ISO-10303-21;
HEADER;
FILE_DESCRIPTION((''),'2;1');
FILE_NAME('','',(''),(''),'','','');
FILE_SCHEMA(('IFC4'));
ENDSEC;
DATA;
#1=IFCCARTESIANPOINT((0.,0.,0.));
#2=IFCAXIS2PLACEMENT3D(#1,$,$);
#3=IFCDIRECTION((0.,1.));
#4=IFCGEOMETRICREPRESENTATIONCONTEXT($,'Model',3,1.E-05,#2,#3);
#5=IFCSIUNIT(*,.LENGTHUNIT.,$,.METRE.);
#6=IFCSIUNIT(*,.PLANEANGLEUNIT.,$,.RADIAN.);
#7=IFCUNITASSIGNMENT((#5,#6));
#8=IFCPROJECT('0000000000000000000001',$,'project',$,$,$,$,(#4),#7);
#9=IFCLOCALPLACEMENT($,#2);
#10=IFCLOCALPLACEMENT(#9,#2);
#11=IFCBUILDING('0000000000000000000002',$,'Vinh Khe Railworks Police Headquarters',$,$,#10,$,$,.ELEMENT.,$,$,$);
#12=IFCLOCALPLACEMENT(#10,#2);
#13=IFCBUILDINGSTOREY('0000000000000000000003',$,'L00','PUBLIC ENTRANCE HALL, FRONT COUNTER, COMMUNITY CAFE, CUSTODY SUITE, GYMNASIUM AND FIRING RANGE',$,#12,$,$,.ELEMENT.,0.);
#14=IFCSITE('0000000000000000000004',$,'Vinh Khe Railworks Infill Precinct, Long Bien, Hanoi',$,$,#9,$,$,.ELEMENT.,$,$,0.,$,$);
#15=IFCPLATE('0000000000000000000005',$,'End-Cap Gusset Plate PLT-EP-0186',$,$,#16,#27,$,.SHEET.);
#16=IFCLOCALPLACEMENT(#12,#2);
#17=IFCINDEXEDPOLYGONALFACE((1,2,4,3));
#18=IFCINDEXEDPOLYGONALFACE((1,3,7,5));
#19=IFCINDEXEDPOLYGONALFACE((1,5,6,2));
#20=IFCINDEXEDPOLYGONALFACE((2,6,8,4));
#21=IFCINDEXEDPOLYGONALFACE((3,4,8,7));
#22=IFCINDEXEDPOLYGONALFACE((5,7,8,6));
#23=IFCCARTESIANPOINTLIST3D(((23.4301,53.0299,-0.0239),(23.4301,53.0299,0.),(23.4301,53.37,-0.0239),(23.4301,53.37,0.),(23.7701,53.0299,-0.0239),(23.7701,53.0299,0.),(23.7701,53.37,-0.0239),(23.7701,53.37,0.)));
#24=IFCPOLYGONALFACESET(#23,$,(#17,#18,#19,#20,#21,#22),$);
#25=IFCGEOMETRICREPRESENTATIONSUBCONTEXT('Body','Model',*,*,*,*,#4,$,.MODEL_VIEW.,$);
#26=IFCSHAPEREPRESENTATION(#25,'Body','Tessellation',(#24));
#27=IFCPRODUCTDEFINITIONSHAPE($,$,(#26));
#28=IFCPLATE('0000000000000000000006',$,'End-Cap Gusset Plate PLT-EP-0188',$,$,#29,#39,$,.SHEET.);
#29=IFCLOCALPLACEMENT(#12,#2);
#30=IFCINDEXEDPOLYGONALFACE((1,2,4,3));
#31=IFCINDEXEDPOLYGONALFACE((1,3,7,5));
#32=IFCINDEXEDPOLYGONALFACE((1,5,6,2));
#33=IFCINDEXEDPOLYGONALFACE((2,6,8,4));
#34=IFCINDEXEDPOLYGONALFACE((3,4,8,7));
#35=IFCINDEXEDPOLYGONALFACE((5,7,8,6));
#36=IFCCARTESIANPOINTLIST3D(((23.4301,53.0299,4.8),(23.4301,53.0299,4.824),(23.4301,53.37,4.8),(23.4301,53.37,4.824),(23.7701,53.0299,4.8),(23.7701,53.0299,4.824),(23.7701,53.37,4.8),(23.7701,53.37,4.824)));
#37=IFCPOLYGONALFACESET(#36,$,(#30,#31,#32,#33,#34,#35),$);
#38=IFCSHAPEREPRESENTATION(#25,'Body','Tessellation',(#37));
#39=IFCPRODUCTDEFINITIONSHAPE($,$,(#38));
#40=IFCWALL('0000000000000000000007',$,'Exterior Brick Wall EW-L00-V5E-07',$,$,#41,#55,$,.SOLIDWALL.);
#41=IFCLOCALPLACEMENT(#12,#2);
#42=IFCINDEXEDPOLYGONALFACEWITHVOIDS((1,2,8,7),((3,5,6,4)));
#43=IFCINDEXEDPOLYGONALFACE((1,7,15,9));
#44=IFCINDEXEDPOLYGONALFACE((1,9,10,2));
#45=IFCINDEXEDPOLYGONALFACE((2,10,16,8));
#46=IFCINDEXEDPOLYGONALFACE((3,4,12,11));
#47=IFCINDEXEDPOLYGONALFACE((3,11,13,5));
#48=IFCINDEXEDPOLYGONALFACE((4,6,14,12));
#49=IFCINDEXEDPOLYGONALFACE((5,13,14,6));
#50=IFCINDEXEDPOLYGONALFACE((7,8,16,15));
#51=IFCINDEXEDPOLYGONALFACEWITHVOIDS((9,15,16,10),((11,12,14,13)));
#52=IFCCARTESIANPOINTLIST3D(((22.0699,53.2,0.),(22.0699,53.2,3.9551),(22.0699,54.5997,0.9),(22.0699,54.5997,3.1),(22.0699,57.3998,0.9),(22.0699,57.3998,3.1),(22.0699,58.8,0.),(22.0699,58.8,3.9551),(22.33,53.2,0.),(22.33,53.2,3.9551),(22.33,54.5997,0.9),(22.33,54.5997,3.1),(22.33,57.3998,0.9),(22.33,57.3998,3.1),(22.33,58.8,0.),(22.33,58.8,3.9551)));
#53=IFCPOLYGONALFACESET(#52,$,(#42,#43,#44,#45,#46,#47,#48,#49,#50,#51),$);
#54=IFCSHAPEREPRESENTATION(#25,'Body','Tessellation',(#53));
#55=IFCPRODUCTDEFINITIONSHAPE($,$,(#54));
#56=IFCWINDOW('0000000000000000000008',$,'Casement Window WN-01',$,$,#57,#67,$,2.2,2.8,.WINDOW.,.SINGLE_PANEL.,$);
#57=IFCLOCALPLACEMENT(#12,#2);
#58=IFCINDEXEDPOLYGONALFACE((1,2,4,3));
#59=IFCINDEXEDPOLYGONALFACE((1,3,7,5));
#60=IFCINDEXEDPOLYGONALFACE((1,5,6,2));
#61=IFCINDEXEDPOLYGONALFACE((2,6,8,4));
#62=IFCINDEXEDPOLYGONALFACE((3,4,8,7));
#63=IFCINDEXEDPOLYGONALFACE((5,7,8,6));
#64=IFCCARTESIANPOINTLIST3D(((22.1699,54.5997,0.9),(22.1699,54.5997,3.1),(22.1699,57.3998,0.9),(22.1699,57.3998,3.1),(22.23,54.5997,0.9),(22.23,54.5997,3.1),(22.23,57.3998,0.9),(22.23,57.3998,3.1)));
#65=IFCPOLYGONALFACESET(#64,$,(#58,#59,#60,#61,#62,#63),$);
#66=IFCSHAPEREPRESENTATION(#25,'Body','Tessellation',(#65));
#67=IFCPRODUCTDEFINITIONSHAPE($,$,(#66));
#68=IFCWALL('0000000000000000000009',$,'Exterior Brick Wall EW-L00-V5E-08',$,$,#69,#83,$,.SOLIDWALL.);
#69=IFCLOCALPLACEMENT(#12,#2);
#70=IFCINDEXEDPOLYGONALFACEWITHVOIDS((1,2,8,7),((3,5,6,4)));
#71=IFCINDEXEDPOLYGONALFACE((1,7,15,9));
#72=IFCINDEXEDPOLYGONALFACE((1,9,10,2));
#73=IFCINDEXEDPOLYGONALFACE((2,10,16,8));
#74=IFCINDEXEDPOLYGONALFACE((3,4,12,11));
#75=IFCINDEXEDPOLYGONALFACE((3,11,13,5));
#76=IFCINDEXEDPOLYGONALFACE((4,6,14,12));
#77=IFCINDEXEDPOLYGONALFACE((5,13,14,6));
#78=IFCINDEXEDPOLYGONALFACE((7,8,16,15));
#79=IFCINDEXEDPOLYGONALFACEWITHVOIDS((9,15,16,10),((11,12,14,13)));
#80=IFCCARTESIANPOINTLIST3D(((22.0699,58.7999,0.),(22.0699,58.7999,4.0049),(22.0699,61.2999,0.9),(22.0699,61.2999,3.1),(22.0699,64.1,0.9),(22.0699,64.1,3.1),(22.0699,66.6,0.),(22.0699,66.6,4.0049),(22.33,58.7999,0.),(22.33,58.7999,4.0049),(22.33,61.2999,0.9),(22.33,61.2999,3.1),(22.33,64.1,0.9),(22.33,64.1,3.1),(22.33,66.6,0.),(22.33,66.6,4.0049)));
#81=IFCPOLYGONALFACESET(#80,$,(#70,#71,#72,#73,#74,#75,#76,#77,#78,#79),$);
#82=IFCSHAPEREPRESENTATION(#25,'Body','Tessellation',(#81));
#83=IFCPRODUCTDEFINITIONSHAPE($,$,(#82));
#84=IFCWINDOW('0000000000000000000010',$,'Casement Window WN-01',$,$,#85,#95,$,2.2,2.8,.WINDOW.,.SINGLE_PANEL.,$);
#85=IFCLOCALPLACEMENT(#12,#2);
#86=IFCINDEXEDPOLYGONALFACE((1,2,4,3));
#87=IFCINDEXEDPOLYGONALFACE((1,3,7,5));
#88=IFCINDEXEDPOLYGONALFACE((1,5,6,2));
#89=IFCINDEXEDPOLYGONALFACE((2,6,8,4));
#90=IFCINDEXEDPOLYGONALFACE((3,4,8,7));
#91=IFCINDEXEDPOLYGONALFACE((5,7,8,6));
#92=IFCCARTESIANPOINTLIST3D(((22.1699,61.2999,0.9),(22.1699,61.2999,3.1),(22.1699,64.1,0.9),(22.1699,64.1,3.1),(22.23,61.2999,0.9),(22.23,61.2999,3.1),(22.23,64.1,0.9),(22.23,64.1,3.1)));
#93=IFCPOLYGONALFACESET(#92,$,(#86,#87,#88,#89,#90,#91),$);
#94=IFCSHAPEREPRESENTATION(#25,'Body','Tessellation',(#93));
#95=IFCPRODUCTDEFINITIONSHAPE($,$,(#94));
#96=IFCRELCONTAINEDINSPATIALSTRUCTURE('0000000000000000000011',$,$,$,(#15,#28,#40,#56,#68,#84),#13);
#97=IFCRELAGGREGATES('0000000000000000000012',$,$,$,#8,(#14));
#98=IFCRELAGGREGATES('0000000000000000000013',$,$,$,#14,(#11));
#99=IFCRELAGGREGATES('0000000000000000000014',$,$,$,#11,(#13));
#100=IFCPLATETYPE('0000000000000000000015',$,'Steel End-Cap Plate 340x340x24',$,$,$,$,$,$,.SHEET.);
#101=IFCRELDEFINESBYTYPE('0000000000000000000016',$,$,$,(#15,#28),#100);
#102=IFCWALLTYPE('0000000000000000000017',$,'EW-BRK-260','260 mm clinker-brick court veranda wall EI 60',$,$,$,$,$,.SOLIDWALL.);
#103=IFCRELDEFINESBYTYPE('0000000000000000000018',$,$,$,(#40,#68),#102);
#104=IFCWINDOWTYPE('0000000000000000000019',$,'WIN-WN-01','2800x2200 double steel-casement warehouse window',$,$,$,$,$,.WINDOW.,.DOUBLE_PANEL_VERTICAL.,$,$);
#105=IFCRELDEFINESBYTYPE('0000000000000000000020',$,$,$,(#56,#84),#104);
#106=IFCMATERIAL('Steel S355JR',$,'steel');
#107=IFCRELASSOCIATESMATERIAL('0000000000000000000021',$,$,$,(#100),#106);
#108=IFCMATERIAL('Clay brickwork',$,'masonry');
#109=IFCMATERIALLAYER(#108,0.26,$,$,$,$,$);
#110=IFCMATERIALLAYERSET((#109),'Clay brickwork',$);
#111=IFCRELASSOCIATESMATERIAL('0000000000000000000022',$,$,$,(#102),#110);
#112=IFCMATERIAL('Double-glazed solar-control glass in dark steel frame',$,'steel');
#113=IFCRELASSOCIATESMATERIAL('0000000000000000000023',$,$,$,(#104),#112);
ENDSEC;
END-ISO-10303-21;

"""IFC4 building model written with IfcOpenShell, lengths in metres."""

from ifc_helpers import new_model, si_unit, direction, frame, frame_2d, origin, origin_2d, place, context, subcontext, project, spatial, rectangle, extrude, material, layer, layer_set, material_profile, profile_set, type_object, element, fill, save


model = new_model("IFC4")

# Units and contexts
model_context = context("Model", 3, precision=1e-05, world=origin(), true_north=direction((0.0, 1.0)))
body_context = subcontext(model_context, "Body", "Model", "MODEL_VIEW")
ifc_project = project(units=[si_unit("LENGTHUNIT", "METRE"), si_unit("PLANEANGLEUNIT", "RADIAN")], contexts=[model_context])

# Site, building, storey
site_placement = place(None, origin())
site = spatial("IfcSite", under=ifc_project, at=site_placement, Name="Vinh Khe Railworks Infill Precinct, Long Bien, Hanoi", CompositionType="ELEMENT", RefElevation=0.0)
building_placement = place(site_placement, origin())
building = spatial("IfcBuilding", under=site, at=building_placement, Name="Vinh Khe Railworks Police Headquarters", CompositionType="ELEMENT")
storey_placement = place(building_placement, origin())
storey = spatial("IfcBuildingStorey", under=building, at=storey_placement, Name="L00", Description="PUBLIC ENTRANCE HALL, FRONT COUNTER, COMMUNITY CAFE, CUSTODY SUITE, GYMNASIUM AND FIRING RANGE", CompositionType="ELEMENT", Elevation=0.0)

# Shared definitions
ifc_material_1 = material(Name="Steel S355JR", Category="steel")

# Plates
ifc_material_profile_1 = material_profile(ifc_material_1, rectangle(XDim=0.3401, YDim=0.3401, at=origin_2d()), Name="PL 340x340")
ifc_profile_set_1 = profile_set([ifc_material_profile_1], Name="Steel S355JR")
plate_type_1 = type_object("IfcPlateType", Name="Steel End-Cap Plate 340x340x24", PredefinedType="SHEET", material=ifc_profile_set_1)
for number, where, z_axis, x_axis, name in (
    (1, (23.6001, 53.2, 0.0), (0.0, 0.0, -1.0), (1.0, 0.0, 0.0), "End-Cap Gusset Plate PLT-EP-0186"),
    (2, (23.6001, 53.2, 4.8), (0.0, 0.0, 1.0), (1.0, 0.0, 0.0), "End-Cap Gusset Plate PLT-EP-0188"),
):
    element("IfcPlate", number, at=place(storey_placement, frame(where, z_axis=z_axis, x_axis=x_axis)), inside=storey, type_object=plate_type_1, Name=name, PredefinedType="SHEET", context=body_context, shape_type="SweptSolid", body=[
        extrude(rectangle(XDim=0.3401, YDim=0.3401, at=origin_2d()), origin(), (0.0, 0.0, 1.0), 0.0239),
    ])

# Walls, openings, windows
ifc_material_2 = material(Name="Clay brickwork", Category="masonry")
ifc_layer = layer(ifc_material_2, 0.26)
ifc_layer_set = layer_set([ifc_layer], Name="Clay brickwork")
wall_type = type_object("IfcWallType", Name="EW-BRK-260", Description="260 mm clinker-brick court veranda wall EI 60", PredefinedType="SOLIDWALL", material=ifc_layer_set)
wall_1_placement = place(storey_placement, frame((22.2, 53.2, 0.0), z_axis=(0.0, 0.0, 1.0), x_axis=(0.0, 1.0, 0.0)))
wall_1 = element("IfcWall", 3, at=wall_1_placement, inside=storey, type_object=wall_type, Name="Exterior Brick Wall EW-L00-V5E-07", PredefinedType="SOLIDWALL", context=body_context, shape_type="SweptSolid", body=[
    extrude(rectangle(XDim=5.6001, YDim=0.26, at=frame_2d((2.8, 0.0))), origin(), (0.0, 0.0, 1.0), 3.9551),
])
opening_1_placement = place(wall_1_placement, frame((1.3999, 0.0, 0.8999)))
opening_1 = element("IfcOpeningElement", 4, at=opening_1_placement, cuts=wall_1, PredefinedType="OPENING", context=body_context, shape_type="SweptSolid", body=[
    extrude(rectangle(XDim=2.8, YDim=2.2, at=frame_2d((1.3999, 1.1001))), frame((0.0, 0.145, 0.0), z_axis=(0.0, -1.0, 0.0), x_axis=(1.0, 0.0, 0.0)), (0.0, 0.0, 1.0), 0.2898),
])
ifc_material_3 = material(Name="Double-glazed solar-control glass in dark steel frame", Category="steel")
window_type = type_object("IfcWindowType", Name="WIN-WN-01", Description="2800x2200 double steel-casement warehouse window", PartitioningType="DOUBLE_PANEL_VERTICAL", PredefinedType="WINDOW", material=ifc_material_3)
window_1_placement = place(opening_1_placement, origin())
window_1 = element("IfcWindow", 5, at=window_1_placement, inside=storey, type_object=window_type, Name="Casement Window WN-01", OverallHeight=2.2, OverallWidth=2.8, PartitioningType="SINGLE_PANEL", PredefinedType="WINDOW", context=body_context, shape_type="SweptSolid", body=[
    extrude(rectangle(XDim=2.8, YDim=2.2, at=frame_2d((1.3999, 1.1001))), frame((0.0, 0.03, 0.0), z_axis=(0.0, -1.0, 0.0), x_axis=(1.0, 0.0, 0.0)), (0.0, 0.0, 1.0), 0.0601),
])
fill(opening_1, window_1)
wall_2_placement = place(storey_placement, frame((22.2, 58.8, 0.0), z_axis=(0.0, 0.0, 1.0), x_axis=(0.0, 1.0, 0.0)))
wall_2 = element("IfcWall", 6, at=wall_2_placement, inside=storey, type_object=wall_type, Name="Exterior Brick Wall EW-L00-V5E-08", PredefinedType="SOLIDWALL", context=body_context, shape_type="SweptSolid", body=[
    extrude(rectangle(XDim=7.8, YDim=0.26, at=frame_2d((3.8999, 0.0))), origin(), (0.0, 0.0, 1.0), 4.0049),
])
opening_2_placement = place(wall_2_placement, frame((2.5, 0.0, 0.8999)))
opening_2 = element("IfcOpeningElement", 7, at=opening_2_placement, cuts=wall_2, PredefinedType="OPENING", context=body_context, shape_type="SweptSolid", body=[
    extrude(rectangle(XDim=2.8, YDim=2.2, at=frame_2d((1.3999, 1.1001))), frame((0.0, 0.145, 0.0), z_axis=(0.0, -1.0, 0.0), x_axis=(1.0, 0.0, 0.0)), (0.0, 0.0, 1.0), 0.2898),
])
window_2_placement = place(opening_2_placement, origin())
window_2 = element("IfcWindow", 8, at=window_2_placement, inside=storey, type_object=window_type, Name="Casement Window WN-01", OverallHeight=2.2, OverallWidth=2.8, PartitioningType="SINGLE_PANEL", PredefinedType="WINDOW", context=body_context, shape_type="SweptSolid", body=[
    extrude(rectangle(XDim=2.8, YDim=2.2, at=frame_2d((1.3999, 1.1001))), frame((0.0, 0.03, 0.0), z_axis=(0.0, -1.0, 0.0), x_axis=(1.0, 0.0, 0.0)), (0.0, 0.0, 1.0), 0.0601),
])
fill(opening_2, window_2)

save(model, "model.ifc")
